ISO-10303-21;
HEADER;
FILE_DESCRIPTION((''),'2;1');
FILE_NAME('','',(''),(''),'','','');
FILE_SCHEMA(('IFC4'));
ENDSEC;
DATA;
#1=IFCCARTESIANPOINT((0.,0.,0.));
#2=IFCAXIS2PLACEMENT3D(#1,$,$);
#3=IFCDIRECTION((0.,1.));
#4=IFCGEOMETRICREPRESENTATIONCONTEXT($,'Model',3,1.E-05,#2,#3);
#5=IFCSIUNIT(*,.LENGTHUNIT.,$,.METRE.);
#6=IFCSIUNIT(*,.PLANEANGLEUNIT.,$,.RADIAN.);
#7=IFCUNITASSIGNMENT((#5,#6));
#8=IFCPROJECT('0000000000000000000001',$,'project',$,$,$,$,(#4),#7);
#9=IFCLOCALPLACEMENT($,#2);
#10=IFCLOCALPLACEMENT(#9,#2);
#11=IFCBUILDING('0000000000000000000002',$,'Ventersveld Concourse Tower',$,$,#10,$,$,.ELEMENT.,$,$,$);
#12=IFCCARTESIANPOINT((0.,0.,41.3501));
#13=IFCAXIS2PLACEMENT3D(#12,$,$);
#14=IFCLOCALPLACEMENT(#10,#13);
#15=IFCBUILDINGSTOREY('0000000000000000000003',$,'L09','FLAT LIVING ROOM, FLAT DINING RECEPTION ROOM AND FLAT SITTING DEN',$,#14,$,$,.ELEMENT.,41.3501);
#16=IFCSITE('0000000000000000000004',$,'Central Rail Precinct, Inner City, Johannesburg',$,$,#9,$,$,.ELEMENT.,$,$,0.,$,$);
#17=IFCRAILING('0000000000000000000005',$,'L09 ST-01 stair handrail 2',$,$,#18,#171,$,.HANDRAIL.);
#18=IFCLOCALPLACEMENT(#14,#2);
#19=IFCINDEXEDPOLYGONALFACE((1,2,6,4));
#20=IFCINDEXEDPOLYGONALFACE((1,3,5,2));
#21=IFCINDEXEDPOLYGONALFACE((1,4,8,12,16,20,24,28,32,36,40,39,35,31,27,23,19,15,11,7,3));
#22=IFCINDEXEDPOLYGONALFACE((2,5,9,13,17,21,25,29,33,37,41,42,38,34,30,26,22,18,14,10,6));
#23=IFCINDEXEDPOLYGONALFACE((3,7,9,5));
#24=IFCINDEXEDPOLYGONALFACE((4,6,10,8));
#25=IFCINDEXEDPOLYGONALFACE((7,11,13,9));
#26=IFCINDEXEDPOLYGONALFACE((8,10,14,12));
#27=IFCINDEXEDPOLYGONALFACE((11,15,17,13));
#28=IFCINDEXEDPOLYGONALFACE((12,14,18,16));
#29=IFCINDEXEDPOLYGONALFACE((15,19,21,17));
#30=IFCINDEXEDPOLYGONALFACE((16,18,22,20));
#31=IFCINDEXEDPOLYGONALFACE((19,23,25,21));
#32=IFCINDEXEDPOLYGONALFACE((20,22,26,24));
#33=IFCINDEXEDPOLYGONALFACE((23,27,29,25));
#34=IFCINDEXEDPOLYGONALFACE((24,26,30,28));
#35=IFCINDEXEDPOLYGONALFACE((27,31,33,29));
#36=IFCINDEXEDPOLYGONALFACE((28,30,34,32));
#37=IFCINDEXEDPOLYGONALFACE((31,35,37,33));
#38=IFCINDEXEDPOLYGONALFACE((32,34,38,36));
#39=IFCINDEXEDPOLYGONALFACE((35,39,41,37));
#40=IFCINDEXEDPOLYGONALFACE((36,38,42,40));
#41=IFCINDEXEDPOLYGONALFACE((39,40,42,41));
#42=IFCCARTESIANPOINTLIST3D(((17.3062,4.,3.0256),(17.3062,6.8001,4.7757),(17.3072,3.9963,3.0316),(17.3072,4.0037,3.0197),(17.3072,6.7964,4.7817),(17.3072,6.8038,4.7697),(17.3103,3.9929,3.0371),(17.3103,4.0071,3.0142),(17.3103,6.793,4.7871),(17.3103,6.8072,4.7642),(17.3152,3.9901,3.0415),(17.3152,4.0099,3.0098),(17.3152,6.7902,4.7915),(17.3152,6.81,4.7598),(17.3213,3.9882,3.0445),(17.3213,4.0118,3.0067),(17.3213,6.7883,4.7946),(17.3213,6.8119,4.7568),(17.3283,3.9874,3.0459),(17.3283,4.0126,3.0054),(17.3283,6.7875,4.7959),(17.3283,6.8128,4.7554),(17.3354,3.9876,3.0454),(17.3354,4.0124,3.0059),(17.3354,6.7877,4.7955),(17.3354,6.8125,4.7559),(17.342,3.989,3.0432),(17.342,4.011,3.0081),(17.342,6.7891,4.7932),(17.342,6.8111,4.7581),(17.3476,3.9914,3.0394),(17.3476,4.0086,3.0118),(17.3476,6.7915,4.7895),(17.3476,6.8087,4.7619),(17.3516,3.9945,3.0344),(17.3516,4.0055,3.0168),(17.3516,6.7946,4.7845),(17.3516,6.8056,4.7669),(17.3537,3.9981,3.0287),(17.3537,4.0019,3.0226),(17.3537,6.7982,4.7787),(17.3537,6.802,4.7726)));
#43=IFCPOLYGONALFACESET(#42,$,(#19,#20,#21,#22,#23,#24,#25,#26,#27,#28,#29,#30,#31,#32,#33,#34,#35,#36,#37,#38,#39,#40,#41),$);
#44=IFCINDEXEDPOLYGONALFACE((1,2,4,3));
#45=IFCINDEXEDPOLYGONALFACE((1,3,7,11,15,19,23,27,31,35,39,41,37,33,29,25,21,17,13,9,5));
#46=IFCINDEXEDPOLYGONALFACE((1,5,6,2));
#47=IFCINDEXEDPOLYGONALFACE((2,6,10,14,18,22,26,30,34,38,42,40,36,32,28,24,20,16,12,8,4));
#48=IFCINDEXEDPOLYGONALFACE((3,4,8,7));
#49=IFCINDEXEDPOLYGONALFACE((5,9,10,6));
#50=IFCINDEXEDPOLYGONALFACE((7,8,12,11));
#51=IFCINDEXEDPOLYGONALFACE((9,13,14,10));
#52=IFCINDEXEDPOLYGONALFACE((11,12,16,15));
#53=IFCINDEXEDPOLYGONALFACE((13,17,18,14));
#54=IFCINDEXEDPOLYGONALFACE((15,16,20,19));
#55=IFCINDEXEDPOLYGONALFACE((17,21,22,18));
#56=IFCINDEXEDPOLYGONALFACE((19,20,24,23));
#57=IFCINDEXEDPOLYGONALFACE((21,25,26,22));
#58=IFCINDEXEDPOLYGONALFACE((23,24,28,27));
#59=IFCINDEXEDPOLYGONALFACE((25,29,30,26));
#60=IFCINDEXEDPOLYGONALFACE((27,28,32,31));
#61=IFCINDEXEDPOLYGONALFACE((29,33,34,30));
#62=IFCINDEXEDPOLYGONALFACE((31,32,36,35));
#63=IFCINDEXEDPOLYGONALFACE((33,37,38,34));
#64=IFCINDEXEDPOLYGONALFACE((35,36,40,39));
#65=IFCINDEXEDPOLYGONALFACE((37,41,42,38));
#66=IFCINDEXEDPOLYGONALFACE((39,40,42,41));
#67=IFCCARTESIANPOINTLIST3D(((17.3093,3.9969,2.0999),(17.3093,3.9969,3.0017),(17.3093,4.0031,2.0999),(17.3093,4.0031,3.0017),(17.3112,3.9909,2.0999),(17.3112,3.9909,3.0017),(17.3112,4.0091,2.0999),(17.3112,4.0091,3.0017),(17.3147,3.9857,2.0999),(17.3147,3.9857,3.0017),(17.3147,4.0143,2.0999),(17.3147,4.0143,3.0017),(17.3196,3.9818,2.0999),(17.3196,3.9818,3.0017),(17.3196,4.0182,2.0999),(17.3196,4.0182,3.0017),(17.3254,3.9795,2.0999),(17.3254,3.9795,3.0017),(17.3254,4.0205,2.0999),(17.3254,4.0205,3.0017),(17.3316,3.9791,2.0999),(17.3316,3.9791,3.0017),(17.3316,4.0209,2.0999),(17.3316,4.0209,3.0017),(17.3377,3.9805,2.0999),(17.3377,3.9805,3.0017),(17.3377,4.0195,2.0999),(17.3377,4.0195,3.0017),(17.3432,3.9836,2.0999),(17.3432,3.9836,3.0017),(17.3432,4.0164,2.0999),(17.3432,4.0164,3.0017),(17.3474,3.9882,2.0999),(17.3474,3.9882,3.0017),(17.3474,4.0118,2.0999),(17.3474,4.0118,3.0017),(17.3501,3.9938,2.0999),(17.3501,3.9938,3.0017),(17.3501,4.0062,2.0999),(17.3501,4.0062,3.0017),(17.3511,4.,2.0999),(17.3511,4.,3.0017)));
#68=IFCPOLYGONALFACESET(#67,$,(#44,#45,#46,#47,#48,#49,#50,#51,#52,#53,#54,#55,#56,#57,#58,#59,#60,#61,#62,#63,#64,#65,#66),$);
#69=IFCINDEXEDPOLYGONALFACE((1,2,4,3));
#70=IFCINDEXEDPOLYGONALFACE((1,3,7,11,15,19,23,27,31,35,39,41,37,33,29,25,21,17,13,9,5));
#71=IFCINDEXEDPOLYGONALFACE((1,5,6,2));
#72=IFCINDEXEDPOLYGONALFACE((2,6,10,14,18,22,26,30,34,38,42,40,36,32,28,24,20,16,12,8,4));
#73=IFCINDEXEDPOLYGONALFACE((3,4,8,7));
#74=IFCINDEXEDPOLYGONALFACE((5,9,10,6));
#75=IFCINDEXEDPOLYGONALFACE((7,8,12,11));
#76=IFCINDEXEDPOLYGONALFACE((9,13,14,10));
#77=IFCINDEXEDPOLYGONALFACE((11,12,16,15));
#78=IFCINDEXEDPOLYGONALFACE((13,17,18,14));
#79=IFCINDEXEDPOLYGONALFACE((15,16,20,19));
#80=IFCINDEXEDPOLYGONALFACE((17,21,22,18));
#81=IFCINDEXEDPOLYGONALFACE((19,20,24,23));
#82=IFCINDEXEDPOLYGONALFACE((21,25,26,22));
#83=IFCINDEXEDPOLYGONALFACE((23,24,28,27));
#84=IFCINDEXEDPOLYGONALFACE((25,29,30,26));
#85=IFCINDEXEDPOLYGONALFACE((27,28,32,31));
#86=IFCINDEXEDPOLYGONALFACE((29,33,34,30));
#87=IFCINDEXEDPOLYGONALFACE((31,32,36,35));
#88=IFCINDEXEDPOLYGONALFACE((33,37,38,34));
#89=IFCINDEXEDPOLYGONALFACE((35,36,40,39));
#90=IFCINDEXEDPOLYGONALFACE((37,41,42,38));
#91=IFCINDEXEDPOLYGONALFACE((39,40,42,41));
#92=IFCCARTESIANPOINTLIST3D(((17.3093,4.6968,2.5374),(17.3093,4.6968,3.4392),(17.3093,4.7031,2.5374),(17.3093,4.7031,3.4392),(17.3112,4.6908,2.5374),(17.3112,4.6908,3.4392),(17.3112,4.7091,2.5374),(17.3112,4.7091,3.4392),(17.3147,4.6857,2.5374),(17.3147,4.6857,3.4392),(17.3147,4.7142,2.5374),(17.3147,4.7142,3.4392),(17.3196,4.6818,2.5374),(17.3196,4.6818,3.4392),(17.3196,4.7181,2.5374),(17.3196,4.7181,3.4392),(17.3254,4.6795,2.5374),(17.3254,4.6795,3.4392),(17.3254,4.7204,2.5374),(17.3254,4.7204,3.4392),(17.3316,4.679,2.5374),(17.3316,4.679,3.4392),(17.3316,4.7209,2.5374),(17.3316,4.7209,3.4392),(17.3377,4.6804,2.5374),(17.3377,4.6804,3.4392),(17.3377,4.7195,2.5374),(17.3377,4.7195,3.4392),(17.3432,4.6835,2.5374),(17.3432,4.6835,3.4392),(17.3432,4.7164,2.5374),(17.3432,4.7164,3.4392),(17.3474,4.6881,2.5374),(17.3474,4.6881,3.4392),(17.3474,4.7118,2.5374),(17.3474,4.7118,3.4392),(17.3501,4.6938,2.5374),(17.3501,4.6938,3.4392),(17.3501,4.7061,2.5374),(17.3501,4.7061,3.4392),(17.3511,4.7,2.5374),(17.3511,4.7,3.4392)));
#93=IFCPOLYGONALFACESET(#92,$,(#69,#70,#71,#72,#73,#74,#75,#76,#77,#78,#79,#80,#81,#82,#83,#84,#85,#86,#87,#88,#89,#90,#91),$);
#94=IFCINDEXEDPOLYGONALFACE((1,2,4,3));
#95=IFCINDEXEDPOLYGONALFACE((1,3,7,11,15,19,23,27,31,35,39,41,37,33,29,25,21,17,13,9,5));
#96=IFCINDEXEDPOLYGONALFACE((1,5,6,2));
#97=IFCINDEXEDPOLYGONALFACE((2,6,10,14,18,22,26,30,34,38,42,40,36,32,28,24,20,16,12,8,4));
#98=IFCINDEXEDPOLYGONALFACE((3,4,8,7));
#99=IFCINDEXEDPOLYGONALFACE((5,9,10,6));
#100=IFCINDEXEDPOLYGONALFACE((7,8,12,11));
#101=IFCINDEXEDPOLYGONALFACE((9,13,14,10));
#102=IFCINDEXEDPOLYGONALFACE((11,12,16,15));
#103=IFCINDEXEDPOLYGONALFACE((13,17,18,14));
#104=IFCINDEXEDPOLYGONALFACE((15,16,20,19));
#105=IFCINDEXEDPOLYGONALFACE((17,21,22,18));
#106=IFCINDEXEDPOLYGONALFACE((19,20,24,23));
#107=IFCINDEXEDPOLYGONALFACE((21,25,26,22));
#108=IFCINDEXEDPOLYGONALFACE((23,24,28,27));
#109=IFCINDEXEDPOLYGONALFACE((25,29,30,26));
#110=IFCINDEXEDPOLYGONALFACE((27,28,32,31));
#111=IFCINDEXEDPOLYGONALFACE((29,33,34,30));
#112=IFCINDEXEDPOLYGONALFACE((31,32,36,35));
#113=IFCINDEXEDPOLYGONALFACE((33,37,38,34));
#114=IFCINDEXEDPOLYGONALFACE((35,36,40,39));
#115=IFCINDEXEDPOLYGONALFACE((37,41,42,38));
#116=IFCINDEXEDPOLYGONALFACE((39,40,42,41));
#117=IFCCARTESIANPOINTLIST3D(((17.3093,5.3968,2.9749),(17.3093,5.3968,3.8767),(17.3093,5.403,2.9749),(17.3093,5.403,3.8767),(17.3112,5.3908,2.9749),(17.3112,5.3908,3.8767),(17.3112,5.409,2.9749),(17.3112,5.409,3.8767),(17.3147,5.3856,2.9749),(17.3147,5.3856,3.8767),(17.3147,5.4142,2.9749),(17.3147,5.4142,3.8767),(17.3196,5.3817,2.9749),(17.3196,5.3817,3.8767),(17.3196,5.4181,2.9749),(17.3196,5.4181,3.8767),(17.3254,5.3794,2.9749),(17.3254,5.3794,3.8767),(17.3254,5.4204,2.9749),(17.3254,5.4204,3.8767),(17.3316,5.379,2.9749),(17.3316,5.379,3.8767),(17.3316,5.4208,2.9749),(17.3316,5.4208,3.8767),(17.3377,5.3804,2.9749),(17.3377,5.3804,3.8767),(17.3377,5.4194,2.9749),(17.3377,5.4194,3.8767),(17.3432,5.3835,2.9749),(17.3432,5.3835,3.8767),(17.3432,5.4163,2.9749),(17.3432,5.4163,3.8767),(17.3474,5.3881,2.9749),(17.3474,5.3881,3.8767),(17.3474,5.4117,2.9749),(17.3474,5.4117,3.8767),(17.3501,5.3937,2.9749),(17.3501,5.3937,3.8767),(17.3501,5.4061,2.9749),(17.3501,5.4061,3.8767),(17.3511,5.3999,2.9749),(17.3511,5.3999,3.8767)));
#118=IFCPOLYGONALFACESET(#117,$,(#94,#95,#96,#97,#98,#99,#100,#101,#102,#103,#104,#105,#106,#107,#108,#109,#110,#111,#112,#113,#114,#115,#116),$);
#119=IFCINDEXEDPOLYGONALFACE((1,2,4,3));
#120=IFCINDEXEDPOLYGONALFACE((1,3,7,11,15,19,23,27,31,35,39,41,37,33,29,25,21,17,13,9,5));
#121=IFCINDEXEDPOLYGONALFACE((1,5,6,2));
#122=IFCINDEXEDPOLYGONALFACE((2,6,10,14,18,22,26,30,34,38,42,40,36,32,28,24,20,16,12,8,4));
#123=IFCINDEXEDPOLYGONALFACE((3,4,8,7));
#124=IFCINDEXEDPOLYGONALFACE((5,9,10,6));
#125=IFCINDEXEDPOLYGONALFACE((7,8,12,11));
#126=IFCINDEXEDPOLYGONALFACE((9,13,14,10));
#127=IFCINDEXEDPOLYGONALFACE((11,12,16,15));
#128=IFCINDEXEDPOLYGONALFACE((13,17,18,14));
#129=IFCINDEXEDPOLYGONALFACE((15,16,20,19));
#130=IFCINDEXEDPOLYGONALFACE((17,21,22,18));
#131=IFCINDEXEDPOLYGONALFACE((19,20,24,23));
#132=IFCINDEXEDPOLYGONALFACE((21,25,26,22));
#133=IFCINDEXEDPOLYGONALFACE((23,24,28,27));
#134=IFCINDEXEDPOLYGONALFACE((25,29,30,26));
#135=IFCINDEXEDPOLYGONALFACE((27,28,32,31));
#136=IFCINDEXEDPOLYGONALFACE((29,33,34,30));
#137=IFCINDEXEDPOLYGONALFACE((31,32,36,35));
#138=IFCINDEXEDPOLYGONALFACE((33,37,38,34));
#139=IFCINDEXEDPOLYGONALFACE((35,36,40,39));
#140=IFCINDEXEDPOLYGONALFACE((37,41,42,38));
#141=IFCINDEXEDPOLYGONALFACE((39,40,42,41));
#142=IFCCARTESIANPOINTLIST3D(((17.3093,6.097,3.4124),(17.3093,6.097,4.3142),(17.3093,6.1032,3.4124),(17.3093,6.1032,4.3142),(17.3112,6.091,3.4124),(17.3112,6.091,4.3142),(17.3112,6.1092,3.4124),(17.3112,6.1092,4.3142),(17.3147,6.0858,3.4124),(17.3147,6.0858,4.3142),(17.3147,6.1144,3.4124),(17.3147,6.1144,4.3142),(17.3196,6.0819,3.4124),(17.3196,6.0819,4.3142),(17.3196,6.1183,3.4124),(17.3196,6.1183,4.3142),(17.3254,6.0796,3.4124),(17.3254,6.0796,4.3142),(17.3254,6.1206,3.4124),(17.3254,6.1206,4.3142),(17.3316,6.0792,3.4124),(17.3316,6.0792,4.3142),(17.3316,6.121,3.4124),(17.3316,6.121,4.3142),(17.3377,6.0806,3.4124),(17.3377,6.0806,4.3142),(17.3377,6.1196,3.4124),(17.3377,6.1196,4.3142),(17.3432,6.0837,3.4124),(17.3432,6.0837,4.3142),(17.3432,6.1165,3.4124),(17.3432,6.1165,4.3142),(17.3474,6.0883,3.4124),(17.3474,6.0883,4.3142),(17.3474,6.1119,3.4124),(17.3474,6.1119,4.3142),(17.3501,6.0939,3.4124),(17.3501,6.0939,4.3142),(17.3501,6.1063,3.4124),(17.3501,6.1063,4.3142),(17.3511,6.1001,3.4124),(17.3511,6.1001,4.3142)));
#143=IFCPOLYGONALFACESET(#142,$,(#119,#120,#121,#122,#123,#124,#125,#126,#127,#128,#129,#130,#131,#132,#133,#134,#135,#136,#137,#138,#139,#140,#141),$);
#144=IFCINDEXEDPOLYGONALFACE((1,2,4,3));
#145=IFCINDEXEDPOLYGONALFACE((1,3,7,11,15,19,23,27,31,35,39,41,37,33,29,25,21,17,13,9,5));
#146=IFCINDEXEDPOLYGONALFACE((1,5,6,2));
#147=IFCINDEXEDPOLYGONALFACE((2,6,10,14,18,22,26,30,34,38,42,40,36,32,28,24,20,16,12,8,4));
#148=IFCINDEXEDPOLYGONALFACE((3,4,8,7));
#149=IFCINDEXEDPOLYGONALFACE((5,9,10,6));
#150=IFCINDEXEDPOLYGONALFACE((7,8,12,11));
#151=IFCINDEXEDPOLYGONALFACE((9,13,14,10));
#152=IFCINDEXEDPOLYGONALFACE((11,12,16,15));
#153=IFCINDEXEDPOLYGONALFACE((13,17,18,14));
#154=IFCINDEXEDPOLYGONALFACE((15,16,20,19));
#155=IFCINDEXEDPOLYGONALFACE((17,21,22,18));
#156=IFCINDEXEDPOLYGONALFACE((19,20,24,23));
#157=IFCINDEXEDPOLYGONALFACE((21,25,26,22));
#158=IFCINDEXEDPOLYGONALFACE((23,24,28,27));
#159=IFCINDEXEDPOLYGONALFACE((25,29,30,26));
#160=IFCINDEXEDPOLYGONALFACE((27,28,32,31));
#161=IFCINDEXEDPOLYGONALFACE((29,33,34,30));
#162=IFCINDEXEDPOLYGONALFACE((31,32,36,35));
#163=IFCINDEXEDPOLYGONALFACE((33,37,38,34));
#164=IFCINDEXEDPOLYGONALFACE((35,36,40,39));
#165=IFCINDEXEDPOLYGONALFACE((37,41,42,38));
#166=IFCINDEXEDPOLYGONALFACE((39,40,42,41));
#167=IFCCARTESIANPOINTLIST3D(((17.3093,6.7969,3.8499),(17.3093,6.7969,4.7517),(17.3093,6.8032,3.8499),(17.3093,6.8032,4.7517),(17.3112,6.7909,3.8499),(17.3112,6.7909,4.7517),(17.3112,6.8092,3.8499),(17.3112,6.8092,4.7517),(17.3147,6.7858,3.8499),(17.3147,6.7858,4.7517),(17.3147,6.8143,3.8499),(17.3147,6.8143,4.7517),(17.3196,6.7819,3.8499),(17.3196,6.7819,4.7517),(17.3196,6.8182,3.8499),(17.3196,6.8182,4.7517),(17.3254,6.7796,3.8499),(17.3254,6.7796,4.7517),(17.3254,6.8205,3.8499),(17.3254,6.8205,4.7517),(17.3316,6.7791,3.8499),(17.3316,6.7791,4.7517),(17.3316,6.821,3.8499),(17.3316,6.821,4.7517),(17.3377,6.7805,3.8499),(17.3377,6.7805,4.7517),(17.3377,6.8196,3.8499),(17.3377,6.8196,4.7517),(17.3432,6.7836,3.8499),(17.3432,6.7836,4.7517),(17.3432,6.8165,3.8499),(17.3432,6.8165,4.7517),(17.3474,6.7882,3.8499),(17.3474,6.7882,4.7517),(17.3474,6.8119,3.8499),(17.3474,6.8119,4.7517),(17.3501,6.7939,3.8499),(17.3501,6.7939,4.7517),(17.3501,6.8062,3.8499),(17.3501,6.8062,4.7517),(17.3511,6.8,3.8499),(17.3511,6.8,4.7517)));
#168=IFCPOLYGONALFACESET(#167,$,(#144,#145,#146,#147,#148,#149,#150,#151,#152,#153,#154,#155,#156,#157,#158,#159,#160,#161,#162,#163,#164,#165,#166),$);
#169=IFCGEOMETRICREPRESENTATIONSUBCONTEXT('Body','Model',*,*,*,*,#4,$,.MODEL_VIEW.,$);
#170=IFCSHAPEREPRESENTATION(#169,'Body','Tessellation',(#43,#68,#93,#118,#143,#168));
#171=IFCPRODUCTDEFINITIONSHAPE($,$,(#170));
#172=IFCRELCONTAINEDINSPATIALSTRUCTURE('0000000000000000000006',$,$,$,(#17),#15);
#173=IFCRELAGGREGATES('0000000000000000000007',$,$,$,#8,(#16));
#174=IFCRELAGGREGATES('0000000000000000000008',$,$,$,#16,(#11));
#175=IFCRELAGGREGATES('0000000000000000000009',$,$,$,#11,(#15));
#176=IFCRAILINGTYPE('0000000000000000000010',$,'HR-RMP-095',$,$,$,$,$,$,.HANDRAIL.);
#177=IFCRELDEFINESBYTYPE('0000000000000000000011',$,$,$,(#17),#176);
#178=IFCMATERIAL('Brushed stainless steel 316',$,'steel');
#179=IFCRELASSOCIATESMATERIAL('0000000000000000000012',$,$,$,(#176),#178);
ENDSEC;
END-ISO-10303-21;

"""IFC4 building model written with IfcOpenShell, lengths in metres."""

from ifc_helpers import new_model, si_unit, direction, frame, origin, origin_2d, place, context, subcontext, project, spatial, circle, extrude, material, type_object, element, save


model = new_model("IFC4")

# Units and contexts
model_context = context("Model", 3, precision=1e-05, world=origin(), true_north=direction((0.0, 1.0)))
body_context = subcontext(model_context, "Body", "Model", "MODEL_VIEW")
ifc_project = project(units=[si_unit("LENGTHUNIT", "METRE"), si_unit("PLANEANGLEUNIT", "RADIAN")], contexts=[model_context])

# Site, building, storey
site_placement = place(None, origin())
site = spatial("IfcSite", under=ifc_project, at=site_placement, Name="Central Rail Precinct, Inner City, Johannesburg", CompositionType="ELEMENT", RefElevation=0.0)
building_placement = place(site_placement, origin())
building = spatial("IfcBuilding", under=site, at=building_placement, Name="Ventersveld Concourse Tower", CompositionType="ELEMENT")
storey_placement = place(building_placement, frame((0.0, 0.0, 41.3501)))
storey = spatial("IfcBuildingStorey", under=building, at=storey_placement, Name="L09", Description="FLAT LIVING ROOM, FLAT DINING RECEPTION ROOM AND FLAT SITTING DEN", CompositionType="ELEMENT", Elevation=41.3501)

# Shared definitions
ifc_material_1 = material(Name="Brushed stainless steel 316", Category="steel")

# Railing
railing_type_1 = type_object("IfcRailingType", Name="HR-RMP-095", PredefinedType="HANDRAIL", material=ifc_material_1)
railing_1_placement = place(storey_placement, frame((17.3301, 4.0, 2.0999)))
element("IfcRailing", 1, at=railing_1_placement, inside=storey, type_object=railing_type_1, Name="L09 ST-01 stair handrail 2", PredefinedType="HANDRAIL", context=body_context, shape_type="SweptSolid", body=[
    extrude(circle(Radius=0.0239, at=origin_2d()), frame((0.0, 0.0, 0.9258), z_axis=(0.0, 0.848002, 0.529992), x_axis=(-1.0, 0.0, 0.0)), (0.0, 0.0, 1.0), 3.302),
    extrude(circle(Radius=0.021, at=origin_2d()), origin(), (0.0, 0.0, 1.0), 0.9019),
    extrude(circle(Radius=0.021, at=origin_2d()), frame((0.0, 0.7, 0.4375)), (0.0, 0.0, 1.0), 0.9019),
    extrude(circle(Radius=0.021, at=origin_2d()), frame((0.0, 1.3999, 0.875)), (0.0, 0.0, 1.0), 0.9019),
    extrude(circle(Radius=0.021, at=origin_2d()), frame((0.0, 2.1001, 1.3125)), (0.0, 0.0, 1.0), 0.9019),
    extrude(circle(Radius=0.021, at=origin_2d()), frame((0.0, 2.8, 1.75)), (0.0, 0.0, 1.0), 0.9019),
])

save(model, "model.ifc")
